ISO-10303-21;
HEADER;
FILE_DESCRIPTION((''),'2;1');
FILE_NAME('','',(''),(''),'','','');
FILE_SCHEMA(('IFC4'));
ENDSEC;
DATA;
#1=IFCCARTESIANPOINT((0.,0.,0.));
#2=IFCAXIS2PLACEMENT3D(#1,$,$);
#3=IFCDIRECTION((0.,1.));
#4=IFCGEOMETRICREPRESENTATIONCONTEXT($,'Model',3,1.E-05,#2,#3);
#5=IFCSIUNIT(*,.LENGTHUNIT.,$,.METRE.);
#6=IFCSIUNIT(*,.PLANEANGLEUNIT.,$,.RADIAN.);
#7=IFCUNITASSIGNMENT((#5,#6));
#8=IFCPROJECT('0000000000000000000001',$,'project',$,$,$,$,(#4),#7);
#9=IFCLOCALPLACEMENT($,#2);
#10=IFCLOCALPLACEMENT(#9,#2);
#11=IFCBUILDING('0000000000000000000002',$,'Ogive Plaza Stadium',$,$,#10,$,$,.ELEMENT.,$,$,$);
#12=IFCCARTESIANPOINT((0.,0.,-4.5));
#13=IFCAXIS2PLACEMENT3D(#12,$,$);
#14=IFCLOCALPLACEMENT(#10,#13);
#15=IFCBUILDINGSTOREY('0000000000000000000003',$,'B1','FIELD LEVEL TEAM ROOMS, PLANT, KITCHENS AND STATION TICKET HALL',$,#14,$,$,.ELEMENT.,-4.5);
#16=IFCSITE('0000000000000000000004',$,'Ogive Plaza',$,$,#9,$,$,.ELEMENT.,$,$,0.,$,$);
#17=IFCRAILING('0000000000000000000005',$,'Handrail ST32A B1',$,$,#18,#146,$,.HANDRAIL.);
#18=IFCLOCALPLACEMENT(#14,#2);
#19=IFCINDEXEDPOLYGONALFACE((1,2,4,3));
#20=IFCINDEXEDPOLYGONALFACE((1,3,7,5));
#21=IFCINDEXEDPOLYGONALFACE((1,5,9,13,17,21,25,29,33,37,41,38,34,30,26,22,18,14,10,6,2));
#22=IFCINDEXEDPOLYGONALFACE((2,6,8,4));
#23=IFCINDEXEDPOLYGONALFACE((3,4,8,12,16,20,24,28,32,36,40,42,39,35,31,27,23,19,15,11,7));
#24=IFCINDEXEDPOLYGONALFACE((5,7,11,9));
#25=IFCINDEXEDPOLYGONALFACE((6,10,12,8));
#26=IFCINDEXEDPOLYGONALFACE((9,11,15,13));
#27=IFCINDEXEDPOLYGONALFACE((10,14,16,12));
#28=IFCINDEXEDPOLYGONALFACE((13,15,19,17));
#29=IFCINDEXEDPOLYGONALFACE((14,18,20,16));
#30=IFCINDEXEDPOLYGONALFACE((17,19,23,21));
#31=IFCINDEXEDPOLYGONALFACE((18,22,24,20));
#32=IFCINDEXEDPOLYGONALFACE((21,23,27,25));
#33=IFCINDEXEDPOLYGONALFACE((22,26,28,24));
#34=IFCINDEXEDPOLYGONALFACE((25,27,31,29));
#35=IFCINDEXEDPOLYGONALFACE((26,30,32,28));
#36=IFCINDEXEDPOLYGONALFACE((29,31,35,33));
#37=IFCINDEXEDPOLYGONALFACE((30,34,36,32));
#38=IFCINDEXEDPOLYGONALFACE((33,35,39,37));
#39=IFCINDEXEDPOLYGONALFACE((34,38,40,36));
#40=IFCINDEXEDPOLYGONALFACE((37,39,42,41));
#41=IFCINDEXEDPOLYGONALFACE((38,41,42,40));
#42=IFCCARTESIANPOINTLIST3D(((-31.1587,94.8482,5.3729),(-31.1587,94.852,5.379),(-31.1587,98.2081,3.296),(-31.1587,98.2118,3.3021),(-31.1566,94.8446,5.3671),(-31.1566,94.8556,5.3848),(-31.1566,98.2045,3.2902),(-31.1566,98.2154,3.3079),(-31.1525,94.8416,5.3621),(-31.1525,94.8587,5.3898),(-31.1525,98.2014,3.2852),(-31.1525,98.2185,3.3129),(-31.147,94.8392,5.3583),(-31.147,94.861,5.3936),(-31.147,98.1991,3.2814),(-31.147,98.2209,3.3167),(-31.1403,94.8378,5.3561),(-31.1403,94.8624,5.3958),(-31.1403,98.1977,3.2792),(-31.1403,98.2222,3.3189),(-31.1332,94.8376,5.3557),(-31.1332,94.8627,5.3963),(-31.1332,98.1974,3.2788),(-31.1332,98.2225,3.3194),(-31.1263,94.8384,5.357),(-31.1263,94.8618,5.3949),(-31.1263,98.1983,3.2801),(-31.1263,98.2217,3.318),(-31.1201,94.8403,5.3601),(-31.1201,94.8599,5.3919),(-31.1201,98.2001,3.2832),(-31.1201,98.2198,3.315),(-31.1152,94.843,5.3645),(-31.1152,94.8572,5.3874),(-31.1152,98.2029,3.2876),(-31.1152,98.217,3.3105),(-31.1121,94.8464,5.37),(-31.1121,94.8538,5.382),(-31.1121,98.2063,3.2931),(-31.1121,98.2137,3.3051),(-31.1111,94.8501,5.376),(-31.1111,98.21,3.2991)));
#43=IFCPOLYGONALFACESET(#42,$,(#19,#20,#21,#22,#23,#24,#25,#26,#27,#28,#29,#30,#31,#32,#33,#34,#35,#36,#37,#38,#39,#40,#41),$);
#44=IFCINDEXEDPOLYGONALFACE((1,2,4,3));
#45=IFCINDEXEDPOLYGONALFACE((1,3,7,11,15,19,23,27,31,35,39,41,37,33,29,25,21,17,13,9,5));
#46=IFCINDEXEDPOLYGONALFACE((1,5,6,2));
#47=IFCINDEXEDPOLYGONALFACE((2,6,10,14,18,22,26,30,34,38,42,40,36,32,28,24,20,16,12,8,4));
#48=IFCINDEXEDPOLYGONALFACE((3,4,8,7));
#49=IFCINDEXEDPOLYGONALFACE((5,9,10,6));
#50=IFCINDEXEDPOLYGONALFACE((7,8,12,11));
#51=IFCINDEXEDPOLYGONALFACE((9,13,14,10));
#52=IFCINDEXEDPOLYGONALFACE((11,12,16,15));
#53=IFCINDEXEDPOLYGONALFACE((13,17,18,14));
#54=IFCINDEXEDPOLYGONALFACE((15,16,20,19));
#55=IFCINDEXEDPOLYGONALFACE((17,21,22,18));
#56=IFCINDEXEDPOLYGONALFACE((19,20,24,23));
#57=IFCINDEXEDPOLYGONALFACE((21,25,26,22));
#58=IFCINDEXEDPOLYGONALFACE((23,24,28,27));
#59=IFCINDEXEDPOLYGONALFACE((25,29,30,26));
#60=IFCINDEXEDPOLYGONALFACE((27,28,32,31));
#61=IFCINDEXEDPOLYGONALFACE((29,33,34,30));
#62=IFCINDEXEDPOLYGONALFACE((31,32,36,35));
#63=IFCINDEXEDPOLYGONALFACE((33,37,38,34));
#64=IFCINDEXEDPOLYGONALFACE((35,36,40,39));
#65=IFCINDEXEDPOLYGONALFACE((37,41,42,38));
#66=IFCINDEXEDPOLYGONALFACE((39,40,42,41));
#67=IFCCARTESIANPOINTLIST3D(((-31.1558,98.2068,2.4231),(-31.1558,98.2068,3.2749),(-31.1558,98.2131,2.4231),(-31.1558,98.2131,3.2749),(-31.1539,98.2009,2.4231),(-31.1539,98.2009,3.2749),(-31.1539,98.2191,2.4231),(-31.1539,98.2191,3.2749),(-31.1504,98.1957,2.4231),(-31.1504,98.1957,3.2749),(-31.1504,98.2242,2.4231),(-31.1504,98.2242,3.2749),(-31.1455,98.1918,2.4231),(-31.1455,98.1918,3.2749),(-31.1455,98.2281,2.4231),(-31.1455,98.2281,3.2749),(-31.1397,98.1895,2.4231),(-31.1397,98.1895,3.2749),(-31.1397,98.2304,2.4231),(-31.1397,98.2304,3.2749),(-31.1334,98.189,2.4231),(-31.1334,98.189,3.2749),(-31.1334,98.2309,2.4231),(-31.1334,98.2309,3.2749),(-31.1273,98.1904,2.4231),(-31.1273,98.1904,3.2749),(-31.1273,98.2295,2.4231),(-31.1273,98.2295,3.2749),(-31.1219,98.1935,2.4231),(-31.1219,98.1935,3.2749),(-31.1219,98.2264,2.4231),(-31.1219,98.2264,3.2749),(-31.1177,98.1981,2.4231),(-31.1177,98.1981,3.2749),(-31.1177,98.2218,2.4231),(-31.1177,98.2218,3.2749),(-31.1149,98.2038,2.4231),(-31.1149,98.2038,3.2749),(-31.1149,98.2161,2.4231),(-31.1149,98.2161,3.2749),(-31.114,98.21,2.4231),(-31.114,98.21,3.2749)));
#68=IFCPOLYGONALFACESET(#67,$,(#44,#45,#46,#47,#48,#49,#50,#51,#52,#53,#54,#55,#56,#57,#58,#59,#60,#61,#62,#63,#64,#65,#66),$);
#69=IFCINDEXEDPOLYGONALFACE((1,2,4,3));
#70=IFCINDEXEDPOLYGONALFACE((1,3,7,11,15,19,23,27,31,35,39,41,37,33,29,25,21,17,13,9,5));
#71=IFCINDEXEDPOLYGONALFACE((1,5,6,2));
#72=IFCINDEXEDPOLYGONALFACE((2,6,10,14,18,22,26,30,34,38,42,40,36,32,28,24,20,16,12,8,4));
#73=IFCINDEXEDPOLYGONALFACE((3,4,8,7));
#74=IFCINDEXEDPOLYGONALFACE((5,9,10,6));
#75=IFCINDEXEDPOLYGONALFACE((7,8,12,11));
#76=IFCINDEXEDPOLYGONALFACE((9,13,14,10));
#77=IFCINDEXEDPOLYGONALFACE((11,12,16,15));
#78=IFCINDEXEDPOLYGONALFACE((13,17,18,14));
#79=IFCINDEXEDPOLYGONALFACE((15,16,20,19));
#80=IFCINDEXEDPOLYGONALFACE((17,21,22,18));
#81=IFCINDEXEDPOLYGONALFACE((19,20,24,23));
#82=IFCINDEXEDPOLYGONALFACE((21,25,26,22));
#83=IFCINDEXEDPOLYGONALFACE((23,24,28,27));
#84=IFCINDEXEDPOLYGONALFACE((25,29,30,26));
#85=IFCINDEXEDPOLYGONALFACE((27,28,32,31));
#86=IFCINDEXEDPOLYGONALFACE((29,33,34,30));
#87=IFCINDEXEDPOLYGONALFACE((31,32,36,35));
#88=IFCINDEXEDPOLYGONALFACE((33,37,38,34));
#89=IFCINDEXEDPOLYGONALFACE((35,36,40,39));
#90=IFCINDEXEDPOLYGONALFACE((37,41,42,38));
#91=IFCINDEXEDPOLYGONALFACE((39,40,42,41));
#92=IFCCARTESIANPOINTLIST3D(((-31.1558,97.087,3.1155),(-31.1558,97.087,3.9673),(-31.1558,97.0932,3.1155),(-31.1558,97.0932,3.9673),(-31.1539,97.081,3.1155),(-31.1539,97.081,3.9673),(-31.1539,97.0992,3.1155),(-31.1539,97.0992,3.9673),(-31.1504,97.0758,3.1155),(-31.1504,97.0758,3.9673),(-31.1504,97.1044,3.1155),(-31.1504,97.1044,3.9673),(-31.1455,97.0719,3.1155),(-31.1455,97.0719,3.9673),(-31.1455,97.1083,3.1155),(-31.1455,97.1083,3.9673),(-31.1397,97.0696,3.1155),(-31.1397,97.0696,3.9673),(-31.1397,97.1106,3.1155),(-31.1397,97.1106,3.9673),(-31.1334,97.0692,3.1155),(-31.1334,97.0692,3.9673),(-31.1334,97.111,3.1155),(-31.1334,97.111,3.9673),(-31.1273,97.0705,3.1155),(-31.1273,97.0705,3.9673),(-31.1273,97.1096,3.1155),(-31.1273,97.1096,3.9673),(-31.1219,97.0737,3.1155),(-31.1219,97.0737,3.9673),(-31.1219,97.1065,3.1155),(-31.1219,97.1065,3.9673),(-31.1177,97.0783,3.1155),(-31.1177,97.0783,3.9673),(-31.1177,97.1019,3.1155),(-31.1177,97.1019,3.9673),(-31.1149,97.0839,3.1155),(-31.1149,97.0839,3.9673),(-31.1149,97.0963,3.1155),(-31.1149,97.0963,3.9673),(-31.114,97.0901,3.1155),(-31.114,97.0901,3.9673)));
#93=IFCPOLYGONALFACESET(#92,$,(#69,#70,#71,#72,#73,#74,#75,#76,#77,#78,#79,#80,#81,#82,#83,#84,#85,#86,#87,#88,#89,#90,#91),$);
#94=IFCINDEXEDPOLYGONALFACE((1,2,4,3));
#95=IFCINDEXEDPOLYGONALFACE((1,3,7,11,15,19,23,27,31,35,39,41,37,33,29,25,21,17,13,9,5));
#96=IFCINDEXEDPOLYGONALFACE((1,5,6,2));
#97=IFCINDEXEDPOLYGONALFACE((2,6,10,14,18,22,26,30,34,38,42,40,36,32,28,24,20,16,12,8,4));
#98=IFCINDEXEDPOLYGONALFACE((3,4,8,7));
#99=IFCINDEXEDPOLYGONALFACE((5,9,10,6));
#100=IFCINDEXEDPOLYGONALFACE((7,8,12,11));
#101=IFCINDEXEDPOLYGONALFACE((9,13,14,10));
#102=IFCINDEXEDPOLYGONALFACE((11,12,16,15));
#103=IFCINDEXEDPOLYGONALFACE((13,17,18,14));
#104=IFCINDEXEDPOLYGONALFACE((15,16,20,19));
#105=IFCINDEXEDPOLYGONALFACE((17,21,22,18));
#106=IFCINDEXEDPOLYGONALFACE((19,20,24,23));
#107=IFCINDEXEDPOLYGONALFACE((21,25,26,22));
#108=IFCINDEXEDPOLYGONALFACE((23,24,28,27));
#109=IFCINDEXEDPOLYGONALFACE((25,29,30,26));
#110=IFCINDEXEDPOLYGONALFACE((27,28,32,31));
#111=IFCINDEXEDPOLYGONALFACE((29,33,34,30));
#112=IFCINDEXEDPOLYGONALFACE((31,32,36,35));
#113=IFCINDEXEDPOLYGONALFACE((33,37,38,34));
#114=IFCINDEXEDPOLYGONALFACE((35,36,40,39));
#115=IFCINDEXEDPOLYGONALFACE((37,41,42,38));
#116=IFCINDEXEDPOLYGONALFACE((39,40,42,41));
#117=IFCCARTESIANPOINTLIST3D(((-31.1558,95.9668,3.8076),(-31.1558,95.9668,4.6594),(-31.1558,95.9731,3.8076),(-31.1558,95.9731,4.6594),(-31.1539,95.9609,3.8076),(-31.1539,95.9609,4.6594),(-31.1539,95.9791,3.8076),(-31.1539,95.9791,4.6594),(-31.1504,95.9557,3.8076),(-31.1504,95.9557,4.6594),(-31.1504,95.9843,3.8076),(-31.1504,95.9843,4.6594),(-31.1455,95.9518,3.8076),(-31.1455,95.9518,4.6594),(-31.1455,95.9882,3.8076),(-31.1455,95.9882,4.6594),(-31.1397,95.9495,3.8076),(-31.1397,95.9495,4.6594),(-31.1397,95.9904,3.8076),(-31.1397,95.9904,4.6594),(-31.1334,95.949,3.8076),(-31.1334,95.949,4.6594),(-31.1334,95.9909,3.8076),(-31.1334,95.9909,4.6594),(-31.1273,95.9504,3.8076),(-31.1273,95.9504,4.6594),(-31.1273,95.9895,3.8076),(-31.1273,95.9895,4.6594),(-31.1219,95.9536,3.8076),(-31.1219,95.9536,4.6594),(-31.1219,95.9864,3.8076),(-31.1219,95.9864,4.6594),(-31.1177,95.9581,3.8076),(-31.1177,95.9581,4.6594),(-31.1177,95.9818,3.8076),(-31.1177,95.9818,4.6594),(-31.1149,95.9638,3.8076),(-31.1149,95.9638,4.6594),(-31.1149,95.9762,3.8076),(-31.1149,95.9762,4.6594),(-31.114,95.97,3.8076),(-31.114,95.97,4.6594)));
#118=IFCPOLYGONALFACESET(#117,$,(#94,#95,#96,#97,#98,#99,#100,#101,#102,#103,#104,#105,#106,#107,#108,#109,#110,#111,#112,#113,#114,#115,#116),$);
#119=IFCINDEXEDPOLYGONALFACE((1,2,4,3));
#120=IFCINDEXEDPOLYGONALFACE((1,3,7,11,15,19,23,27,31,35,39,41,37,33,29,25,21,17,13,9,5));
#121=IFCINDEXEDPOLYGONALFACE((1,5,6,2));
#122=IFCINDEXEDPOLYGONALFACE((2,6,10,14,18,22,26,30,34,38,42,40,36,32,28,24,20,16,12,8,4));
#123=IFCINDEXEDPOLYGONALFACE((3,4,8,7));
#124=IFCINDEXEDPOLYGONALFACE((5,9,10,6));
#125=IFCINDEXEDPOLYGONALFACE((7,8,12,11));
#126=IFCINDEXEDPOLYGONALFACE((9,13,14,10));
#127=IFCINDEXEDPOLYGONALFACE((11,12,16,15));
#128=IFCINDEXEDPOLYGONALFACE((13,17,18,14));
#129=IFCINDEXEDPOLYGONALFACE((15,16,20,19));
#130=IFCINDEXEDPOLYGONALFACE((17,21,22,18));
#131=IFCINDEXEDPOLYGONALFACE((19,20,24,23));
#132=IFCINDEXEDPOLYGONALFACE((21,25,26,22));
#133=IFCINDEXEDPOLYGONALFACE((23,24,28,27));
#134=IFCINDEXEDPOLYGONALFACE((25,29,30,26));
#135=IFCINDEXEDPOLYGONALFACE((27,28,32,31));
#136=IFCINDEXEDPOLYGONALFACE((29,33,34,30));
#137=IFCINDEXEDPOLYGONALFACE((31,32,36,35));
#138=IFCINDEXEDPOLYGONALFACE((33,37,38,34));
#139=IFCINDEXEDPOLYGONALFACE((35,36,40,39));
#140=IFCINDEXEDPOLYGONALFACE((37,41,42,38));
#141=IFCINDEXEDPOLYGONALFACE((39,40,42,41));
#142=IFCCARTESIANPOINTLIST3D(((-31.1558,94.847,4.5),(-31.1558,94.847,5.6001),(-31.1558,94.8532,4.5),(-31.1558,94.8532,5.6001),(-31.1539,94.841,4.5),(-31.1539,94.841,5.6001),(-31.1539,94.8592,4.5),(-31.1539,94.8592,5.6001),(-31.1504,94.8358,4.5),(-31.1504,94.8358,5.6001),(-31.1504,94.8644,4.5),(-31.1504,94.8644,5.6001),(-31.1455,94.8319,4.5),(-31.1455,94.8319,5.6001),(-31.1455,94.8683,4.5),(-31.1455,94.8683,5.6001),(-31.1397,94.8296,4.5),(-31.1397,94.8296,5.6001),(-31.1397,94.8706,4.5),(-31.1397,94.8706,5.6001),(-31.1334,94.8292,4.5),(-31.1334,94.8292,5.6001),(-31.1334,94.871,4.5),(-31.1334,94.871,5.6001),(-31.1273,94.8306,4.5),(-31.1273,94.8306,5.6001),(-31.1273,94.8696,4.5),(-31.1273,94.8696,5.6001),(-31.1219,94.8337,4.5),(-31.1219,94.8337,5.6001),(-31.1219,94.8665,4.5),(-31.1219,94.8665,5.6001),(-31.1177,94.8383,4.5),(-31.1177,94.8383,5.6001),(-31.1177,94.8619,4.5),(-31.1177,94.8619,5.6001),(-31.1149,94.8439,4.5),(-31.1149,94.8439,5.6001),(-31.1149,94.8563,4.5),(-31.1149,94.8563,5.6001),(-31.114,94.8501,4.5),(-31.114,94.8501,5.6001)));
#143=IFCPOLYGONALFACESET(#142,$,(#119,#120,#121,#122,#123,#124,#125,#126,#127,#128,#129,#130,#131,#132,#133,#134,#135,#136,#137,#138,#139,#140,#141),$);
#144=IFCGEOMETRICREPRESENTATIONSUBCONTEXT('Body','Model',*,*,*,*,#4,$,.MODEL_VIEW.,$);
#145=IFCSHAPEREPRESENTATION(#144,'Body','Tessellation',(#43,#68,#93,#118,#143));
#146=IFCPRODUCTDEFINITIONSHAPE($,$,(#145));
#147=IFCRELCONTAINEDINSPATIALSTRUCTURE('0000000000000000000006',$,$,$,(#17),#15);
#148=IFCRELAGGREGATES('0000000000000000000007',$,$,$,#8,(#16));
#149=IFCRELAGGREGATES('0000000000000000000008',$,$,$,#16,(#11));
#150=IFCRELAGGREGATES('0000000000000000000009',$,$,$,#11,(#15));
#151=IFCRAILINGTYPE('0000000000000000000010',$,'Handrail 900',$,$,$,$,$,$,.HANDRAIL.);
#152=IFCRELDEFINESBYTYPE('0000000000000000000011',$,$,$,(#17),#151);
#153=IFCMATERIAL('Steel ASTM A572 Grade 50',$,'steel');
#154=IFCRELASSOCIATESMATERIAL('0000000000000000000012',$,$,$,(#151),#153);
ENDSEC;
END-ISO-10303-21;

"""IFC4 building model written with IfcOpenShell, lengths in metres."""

from ifc_helpers import new_model, si_unit, direction, frame, origin, origin_2d, place, context, subcontext, project, spatial, circle, extrude, material, type_object, element, save


model = new_model("IFC4")

# Units and contexts
model_context = context("Model", 3, precision=1e-05, world=origin(), true_north=direction((0.0, 1.0)))
body_context = subcontext(model_context, "Body", "Model", "MODEL_VIEW")
ifc_project = project(units=[si_unit("LENGTHUNIT", "METRE"), si_unit("PLANEANGLEUNIT", "RADIAN")], contexts=[model_context])

# Site, building, storey
site_placement = place(None, origin())
site = spatial("IfcSite", under=ifc_project, at=site_placement, Name="Ogive Plaza", CompositionType="ELEMENT", RefElevation=0.0)
building_placement = place(site_placement, origin())
building = spatial("IfcBuilding", under=site, at=building_placement, Name="Ogive Plaza Stadium", CompositionType="ELEMENT")
storey_placement = place(building_placement, frame((0.0, 0.0, -4.5)))
storey = spatial("IfcBuildingStorey", under=building, at=storey_placement, Name="B1", Description="FIELD LEVEL TEAM ROOMS, PLANT, KITCHENS AND STATION TICKET HALL", CompositionType="ELEMENT", Elevation=-4.5)

# Railing
ifc_material_1 = material(Name="Steel ASTM A572 Grade 50", Category="steel")
railing_type = type_object("IfcRailingType", Name="Handrail 900", PredefinedType="HANDRAIL", material=ifc_material_1)
for number, where, name in (
    (1, (-31.135, 98.21, 2.4231), "Handrail ST32A B1"),
):
    element("IfcRailing", number, at=place(storey_placement, frame(where)), inside=storey, type_object=railing_type, Name=name, PredefinedType="HANDRAIL", context=body_context, shape_type="SweptSolid", body=[
        extrude(circle(Radius=0.0239, at=origin_2d()), frame((0.0, 0.0, 0.876), z_axis=(0.0, -0.850606, 0.525803), x_axis=(1.0, 0.0, 0.0)), (0.0, 0.0, 1.0), 3.95),
        extrude(circle(Radius=0.021, at=origin_2d()), origin(), (0.0, 0.0, 1.0), 0.8518),
        extrude(circle(Radius=0.021, at=origin_2d()), frame((0.0, -1.1199, 0.6924)), (0.0, 0.0, 1.0), 0.8518),
        extrude(circle(Radius=0.021, at=origin_2d()), frame((0.0, -2.24, 1.3845)), (0.0, 0.0, 1.0), 0.8518),
        extrude(circle(Radius=0.021, at=origin_2d()), frame((0.0, -3.3599, 2.0769)), (0.0, 0.0, 1.0), 1.1001),
    ])

save(model, "model.ifc")
